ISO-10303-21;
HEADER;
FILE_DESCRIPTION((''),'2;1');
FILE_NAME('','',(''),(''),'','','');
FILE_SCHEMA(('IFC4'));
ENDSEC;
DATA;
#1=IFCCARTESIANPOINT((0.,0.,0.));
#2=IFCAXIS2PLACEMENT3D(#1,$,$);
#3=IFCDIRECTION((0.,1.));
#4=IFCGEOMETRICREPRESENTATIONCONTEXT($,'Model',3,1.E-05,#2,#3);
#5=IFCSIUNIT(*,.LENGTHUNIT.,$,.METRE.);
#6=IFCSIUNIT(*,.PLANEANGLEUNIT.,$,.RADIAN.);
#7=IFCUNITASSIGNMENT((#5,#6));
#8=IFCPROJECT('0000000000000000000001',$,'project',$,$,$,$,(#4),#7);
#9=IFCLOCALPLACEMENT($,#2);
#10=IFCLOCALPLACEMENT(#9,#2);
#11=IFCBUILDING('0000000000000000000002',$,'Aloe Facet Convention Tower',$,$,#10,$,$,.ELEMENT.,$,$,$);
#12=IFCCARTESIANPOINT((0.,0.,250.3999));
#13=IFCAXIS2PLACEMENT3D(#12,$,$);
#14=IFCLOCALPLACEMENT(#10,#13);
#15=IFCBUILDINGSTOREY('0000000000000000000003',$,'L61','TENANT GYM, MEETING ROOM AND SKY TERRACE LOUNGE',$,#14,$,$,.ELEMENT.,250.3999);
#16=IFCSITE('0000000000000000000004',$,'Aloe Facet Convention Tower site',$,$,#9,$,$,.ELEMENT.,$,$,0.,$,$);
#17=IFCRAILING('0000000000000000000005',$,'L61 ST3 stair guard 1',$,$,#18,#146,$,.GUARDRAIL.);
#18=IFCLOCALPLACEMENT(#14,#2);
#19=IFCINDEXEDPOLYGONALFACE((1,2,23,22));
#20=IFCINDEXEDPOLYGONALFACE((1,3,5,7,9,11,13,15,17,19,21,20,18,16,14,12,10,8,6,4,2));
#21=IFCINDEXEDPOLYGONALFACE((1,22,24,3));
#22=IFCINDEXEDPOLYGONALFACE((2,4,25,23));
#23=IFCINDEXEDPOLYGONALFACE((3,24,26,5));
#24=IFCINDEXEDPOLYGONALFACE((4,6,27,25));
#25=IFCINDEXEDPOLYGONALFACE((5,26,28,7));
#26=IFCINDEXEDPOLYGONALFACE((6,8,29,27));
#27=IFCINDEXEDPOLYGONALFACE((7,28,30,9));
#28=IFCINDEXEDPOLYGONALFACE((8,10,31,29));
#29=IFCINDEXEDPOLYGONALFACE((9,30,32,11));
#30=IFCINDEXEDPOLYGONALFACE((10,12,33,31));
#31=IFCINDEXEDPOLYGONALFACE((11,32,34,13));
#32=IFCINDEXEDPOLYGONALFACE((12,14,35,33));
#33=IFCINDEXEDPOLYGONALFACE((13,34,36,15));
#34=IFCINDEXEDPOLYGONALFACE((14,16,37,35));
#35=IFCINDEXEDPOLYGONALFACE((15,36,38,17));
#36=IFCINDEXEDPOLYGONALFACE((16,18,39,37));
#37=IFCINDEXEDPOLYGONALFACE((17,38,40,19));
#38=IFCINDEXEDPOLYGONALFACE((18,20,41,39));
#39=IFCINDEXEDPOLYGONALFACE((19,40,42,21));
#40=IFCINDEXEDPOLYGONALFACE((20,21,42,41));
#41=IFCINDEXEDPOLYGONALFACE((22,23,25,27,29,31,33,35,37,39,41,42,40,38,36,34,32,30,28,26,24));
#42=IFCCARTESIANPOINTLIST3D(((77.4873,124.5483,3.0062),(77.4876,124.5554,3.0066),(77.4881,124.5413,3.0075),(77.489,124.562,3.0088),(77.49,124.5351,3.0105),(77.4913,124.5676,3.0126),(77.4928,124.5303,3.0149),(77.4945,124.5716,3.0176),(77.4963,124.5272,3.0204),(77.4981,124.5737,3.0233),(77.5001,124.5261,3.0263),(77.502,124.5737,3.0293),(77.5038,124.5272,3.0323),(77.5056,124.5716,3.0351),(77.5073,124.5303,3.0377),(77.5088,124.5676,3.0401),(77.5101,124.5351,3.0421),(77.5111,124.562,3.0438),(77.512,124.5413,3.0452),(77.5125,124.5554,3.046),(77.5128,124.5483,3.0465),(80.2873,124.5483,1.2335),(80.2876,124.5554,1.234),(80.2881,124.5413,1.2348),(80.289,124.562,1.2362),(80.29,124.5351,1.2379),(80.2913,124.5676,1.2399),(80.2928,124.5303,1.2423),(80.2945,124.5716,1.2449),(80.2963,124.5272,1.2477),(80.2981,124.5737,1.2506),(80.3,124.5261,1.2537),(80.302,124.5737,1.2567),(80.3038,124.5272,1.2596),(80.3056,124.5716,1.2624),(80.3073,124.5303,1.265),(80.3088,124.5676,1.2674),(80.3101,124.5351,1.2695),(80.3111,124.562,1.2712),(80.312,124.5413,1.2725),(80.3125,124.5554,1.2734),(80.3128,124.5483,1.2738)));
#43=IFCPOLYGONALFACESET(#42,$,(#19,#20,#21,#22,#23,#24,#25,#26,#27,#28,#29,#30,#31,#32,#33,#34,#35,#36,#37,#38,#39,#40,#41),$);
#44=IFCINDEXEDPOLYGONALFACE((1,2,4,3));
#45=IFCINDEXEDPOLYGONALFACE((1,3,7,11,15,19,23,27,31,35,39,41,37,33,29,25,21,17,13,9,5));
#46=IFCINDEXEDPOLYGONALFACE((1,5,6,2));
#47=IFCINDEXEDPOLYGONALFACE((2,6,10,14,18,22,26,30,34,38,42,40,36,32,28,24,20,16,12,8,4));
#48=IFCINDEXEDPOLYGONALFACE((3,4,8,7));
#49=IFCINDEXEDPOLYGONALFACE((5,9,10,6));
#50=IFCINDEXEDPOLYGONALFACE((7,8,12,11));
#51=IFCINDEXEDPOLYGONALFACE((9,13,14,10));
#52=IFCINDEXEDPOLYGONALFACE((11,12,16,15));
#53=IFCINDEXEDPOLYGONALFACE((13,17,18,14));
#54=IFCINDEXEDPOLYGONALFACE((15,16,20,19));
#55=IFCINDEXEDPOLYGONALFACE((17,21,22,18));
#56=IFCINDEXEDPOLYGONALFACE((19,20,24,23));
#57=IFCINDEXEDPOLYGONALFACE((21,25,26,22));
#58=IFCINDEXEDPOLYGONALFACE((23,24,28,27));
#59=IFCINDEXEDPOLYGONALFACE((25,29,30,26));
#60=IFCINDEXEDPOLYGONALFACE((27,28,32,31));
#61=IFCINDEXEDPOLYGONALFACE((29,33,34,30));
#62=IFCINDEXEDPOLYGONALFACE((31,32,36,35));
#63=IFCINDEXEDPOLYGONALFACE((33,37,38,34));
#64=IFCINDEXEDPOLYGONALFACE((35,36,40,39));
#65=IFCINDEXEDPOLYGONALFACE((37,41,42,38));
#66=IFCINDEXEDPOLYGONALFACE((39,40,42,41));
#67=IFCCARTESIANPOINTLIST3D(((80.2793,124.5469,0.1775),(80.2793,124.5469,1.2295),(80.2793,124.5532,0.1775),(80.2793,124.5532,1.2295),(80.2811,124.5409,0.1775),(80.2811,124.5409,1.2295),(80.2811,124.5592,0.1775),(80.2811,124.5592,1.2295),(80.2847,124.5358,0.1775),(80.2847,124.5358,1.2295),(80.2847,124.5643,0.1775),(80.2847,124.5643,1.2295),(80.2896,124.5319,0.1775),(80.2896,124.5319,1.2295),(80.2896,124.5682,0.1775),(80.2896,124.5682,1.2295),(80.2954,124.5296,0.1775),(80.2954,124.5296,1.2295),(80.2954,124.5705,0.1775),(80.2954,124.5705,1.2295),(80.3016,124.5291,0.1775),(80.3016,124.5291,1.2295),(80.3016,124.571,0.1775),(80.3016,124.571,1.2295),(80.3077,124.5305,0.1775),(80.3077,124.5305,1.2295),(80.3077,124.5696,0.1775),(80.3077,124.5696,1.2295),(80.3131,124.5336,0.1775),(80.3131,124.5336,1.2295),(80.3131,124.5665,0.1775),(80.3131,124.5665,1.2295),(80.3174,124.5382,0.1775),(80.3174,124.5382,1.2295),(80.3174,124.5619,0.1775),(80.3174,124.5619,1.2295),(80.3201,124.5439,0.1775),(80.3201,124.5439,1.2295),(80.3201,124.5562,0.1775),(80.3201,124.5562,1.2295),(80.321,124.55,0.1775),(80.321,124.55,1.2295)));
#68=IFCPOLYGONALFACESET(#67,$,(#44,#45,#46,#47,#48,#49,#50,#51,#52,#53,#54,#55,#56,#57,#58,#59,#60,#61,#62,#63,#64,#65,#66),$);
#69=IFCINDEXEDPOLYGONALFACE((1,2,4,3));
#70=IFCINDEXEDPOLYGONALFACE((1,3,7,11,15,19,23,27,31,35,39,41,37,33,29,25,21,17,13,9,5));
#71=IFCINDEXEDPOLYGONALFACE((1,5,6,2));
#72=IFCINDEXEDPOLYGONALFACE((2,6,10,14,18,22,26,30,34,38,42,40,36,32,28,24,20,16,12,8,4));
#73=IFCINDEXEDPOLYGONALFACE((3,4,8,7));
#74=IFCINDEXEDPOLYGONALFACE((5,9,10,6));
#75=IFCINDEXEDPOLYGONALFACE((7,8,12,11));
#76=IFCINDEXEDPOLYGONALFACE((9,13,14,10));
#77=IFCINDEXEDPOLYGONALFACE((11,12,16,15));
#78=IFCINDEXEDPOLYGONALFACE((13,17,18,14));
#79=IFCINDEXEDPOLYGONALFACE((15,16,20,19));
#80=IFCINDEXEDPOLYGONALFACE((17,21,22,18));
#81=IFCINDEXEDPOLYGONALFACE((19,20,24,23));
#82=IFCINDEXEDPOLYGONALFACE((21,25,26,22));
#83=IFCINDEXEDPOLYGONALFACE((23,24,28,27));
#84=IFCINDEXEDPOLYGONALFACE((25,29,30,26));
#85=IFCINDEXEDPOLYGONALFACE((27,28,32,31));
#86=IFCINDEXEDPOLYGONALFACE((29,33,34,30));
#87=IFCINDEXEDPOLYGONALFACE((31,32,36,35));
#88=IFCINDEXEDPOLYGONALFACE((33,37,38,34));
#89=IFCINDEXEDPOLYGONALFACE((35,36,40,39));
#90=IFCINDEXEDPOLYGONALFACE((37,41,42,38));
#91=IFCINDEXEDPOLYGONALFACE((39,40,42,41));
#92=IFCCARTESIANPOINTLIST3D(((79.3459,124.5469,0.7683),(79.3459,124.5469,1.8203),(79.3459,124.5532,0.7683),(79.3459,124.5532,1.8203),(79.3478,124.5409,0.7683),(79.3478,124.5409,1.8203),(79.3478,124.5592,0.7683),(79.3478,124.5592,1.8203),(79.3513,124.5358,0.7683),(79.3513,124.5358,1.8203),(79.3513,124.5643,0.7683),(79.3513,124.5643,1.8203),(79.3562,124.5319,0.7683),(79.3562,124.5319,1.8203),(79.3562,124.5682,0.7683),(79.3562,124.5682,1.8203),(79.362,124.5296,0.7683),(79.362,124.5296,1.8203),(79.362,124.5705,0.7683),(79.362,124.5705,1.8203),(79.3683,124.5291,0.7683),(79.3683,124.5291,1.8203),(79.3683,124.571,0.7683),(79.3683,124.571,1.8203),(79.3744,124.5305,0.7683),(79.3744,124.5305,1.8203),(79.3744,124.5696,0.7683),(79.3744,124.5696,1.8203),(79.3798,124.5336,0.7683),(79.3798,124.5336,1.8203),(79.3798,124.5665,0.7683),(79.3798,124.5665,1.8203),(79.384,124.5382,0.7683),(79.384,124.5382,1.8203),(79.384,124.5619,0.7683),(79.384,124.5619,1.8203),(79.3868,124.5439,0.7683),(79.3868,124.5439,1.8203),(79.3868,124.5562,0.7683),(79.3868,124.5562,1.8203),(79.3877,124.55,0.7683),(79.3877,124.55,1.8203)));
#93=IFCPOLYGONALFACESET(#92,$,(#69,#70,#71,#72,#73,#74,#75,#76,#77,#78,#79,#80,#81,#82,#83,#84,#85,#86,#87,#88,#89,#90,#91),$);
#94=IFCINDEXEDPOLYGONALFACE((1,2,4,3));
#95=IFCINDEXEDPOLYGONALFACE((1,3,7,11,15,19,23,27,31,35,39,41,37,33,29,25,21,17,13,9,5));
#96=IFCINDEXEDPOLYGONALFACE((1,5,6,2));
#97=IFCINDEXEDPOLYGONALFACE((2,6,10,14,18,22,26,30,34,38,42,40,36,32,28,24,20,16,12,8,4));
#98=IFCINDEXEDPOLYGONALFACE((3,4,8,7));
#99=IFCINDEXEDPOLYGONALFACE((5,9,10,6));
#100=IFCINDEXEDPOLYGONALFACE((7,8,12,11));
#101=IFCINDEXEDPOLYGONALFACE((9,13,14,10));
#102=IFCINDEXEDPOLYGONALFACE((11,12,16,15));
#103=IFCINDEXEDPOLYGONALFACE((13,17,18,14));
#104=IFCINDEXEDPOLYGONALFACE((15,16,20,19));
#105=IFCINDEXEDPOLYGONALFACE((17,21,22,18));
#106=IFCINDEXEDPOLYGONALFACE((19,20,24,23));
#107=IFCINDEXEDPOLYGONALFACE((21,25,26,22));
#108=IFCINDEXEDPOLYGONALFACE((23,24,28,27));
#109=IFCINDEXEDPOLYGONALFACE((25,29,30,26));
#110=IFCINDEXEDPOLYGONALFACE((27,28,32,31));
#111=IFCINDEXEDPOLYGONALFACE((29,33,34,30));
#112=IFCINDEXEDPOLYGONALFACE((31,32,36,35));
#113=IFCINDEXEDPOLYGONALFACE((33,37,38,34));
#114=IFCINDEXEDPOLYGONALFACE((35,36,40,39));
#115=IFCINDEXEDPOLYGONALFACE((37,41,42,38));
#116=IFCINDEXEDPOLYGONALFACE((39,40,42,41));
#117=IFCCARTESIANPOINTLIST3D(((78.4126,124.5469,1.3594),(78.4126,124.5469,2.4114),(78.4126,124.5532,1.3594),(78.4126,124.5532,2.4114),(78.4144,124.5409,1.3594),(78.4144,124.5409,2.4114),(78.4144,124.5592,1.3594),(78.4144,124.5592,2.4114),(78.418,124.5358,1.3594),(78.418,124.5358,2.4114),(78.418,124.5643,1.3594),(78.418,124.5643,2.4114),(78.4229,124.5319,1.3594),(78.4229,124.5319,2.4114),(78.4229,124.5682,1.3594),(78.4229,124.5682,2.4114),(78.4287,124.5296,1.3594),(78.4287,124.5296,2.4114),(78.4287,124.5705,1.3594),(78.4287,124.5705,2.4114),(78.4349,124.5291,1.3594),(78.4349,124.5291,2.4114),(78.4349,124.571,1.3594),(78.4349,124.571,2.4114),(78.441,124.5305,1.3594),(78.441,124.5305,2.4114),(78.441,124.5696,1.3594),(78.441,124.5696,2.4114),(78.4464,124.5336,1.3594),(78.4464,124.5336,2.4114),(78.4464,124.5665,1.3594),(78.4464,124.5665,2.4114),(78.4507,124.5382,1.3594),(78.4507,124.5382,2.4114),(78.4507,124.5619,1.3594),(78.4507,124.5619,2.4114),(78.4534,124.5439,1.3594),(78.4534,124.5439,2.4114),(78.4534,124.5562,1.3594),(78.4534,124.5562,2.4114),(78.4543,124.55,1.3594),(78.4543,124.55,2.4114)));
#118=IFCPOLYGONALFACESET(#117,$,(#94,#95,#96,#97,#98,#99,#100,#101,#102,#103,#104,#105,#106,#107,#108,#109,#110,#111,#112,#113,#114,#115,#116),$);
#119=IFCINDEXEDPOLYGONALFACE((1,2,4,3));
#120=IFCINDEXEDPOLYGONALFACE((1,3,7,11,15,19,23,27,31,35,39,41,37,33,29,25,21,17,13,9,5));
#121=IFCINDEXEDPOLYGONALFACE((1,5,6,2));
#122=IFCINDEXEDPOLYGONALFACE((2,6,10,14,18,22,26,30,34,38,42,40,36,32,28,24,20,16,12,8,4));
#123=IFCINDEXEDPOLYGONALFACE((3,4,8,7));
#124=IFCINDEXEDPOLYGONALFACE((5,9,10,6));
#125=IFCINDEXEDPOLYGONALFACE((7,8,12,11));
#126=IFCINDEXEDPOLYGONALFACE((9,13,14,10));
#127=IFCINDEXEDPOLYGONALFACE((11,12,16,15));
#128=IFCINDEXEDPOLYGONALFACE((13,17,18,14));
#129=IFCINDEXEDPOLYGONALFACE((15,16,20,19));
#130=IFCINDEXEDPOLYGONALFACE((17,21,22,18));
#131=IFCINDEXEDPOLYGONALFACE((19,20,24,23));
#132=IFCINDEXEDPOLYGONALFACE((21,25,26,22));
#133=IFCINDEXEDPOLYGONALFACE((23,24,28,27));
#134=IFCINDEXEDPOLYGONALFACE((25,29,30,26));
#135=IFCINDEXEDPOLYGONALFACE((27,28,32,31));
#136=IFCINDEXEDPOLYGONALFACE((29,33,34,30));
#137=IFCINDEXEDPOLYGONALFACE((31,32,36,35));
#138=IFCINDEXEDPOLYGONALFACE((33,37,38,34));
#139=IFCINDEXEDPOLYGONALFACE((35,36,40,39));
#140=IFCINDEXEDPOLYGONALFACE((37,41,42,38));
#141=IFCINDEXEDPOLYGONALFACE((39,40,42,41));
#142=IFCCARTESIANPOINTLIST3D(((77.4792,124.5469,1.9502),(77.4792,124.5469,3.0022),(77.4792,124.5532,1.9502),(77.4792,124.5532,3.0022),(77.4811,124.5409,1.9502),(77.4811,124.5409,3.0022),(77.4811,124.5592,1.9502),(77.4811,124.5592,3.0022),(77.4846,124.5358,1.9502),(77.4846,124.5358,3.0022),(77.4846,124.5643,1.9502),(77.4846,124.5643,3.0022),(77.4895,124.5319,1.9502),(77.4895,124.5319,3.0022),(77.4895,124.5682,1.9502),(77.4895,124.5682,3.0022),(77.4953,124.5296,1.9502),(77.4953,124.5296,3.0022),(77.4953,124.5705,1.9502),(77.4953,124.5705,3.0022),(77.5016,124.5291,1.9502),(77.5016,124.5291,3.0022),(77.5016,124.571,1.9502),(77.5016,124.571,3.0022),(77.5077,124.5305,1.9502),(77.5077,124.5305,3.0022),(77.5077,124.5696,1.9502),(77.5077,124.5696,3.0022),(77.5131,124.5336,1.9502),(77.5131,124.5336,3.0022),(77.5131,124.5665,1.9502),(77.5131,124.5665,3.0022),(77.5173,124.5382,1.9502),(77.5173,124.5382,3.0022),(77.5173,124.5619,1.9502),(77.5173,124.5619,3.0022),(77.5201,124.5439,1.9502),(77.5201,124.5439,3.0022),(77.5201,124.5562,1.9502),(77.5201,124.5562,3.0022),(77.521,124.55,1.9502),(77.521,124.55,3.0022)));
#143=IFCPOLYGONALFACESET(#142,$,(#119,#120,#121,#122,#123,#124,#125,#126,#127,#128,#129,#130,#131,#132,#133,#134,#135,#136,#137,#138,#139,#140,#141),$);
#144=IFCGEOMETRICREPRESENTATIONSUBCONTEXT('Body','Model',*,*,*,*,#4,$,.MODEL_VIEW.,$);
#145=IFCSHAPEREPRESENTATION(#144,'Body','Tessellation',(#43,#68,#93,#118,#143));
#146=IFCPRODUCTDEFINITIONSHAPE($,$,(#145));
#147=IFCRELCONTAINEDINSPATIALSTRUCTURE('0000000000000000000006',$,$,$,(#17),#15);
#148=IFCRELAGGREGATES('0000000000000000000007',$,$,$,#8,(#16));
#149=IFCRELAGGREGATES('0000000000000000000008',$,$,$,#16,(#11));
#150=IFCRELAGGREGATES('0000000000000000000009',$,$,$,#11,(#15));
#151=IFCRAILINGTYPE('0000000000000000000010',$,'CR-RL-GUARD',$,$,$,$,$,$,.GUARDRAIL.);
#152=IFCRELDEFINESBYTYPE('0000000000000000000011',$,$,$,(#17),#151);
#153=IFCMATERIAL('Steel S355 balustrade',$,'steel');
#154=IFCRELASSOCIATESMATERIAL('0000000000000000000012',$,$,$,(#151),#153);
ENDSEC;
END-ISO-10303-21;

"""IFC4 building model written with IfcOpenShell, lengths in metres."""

from ifc_helpers import new_model, si_unit, direction, frame, origin, origin_2d, place, context, subcontext, project, spatial, circle, extrude, material, type_object, element, save


model = new_model("IFC4")

# Units and contexts
model_context = context("Model", 3, precision=1e-05, world=origin(), true_north=direction((0.0, 1.0)))
body_context = subcontext(model_context, "Body", "Model", "MODEL_VIEW")
ifc_project = project(units=[si_unit("LENGTHUNIT", "METRE"), si_unit("PLANEANGLEUNIT", "RADIAN")], contexts=[model_context])

# Site, building, storey
site_placement = place(None, origin())
site = spatial("IfcSite", under=ifc_project, at=site_placement, Name="Aloe Facet Convention Tower site", CompositionType="ELEMENT", RefElevation=0.0)
building_placement = place(site_placement, origin())
building = spatial("IfcBuilding", under=site, at=building_placement, Name="Aloe Facet Convention Tower", CompositionType="ELEMENT")
storey_placement = place(building_placement, frame((0.0, 0.0, 250.3999)))
storey = spatial("IfcBuildingStorey", under=building, at=storey_placement, Name="L61", Description="TENANT GYM, MEETING ROOM AND SKY TERRACE LOUNGE", CompositionType="ELEMENT", Elevation=250.3999)

# Railing
ifc_material_1 = material(Name="Steel S355 balustrade", Category="steel")
railing_type_1 = type_object("IfcRailingType", Name="CR-RL-GUARD", PredefinedType="GUARDRAIL", material=ifc_material_1)
railing_1_placement = place(storey_placement, frame((80.3, 124.55, 0.1775)))
element("IfcRailing", 1, at=railing_1_placement, inside=storey, type_object=railing_type_1, Name="L61 ST3 stair guard 1", PredefinedType="GUARDRAIL", context=body_context, shape_type="SweptSolid", body=[
    extrude(circle(Radius=0.0239, at=origin_2d()), frame((0.0, 0.0, 1.0762), z_axis=(-0.844909, 0.0, 0.53491), x_axis=(0.0, -1.0, 0.0)), (0.0, 0.0, 1.0), 3.314),
    extrude(circle(Radius=0.021, at=origin_2d()), origin(), (0.0, 0.0, 1.0), 1.052),
    extrude(circle(Radius=0.021, at=origin_2d()), frame((-0.9333, 0.0, 0.5908)), (0.0, 0.0, 1.0), 1.052),
    extrude(circle(Radius=0.021, at=origin_2d()), frame((-1.8667, 0.0, 1.1819)), (0.0, 0.0, 1.0), 1.052),
    extrude(circle(Radius=0.021, at=origin_2d()), frame((-2.8, 0.0, 1.7727)), (0.0, 0.0, 1.0), 1.052),
])

save(model, "model.ifc")
